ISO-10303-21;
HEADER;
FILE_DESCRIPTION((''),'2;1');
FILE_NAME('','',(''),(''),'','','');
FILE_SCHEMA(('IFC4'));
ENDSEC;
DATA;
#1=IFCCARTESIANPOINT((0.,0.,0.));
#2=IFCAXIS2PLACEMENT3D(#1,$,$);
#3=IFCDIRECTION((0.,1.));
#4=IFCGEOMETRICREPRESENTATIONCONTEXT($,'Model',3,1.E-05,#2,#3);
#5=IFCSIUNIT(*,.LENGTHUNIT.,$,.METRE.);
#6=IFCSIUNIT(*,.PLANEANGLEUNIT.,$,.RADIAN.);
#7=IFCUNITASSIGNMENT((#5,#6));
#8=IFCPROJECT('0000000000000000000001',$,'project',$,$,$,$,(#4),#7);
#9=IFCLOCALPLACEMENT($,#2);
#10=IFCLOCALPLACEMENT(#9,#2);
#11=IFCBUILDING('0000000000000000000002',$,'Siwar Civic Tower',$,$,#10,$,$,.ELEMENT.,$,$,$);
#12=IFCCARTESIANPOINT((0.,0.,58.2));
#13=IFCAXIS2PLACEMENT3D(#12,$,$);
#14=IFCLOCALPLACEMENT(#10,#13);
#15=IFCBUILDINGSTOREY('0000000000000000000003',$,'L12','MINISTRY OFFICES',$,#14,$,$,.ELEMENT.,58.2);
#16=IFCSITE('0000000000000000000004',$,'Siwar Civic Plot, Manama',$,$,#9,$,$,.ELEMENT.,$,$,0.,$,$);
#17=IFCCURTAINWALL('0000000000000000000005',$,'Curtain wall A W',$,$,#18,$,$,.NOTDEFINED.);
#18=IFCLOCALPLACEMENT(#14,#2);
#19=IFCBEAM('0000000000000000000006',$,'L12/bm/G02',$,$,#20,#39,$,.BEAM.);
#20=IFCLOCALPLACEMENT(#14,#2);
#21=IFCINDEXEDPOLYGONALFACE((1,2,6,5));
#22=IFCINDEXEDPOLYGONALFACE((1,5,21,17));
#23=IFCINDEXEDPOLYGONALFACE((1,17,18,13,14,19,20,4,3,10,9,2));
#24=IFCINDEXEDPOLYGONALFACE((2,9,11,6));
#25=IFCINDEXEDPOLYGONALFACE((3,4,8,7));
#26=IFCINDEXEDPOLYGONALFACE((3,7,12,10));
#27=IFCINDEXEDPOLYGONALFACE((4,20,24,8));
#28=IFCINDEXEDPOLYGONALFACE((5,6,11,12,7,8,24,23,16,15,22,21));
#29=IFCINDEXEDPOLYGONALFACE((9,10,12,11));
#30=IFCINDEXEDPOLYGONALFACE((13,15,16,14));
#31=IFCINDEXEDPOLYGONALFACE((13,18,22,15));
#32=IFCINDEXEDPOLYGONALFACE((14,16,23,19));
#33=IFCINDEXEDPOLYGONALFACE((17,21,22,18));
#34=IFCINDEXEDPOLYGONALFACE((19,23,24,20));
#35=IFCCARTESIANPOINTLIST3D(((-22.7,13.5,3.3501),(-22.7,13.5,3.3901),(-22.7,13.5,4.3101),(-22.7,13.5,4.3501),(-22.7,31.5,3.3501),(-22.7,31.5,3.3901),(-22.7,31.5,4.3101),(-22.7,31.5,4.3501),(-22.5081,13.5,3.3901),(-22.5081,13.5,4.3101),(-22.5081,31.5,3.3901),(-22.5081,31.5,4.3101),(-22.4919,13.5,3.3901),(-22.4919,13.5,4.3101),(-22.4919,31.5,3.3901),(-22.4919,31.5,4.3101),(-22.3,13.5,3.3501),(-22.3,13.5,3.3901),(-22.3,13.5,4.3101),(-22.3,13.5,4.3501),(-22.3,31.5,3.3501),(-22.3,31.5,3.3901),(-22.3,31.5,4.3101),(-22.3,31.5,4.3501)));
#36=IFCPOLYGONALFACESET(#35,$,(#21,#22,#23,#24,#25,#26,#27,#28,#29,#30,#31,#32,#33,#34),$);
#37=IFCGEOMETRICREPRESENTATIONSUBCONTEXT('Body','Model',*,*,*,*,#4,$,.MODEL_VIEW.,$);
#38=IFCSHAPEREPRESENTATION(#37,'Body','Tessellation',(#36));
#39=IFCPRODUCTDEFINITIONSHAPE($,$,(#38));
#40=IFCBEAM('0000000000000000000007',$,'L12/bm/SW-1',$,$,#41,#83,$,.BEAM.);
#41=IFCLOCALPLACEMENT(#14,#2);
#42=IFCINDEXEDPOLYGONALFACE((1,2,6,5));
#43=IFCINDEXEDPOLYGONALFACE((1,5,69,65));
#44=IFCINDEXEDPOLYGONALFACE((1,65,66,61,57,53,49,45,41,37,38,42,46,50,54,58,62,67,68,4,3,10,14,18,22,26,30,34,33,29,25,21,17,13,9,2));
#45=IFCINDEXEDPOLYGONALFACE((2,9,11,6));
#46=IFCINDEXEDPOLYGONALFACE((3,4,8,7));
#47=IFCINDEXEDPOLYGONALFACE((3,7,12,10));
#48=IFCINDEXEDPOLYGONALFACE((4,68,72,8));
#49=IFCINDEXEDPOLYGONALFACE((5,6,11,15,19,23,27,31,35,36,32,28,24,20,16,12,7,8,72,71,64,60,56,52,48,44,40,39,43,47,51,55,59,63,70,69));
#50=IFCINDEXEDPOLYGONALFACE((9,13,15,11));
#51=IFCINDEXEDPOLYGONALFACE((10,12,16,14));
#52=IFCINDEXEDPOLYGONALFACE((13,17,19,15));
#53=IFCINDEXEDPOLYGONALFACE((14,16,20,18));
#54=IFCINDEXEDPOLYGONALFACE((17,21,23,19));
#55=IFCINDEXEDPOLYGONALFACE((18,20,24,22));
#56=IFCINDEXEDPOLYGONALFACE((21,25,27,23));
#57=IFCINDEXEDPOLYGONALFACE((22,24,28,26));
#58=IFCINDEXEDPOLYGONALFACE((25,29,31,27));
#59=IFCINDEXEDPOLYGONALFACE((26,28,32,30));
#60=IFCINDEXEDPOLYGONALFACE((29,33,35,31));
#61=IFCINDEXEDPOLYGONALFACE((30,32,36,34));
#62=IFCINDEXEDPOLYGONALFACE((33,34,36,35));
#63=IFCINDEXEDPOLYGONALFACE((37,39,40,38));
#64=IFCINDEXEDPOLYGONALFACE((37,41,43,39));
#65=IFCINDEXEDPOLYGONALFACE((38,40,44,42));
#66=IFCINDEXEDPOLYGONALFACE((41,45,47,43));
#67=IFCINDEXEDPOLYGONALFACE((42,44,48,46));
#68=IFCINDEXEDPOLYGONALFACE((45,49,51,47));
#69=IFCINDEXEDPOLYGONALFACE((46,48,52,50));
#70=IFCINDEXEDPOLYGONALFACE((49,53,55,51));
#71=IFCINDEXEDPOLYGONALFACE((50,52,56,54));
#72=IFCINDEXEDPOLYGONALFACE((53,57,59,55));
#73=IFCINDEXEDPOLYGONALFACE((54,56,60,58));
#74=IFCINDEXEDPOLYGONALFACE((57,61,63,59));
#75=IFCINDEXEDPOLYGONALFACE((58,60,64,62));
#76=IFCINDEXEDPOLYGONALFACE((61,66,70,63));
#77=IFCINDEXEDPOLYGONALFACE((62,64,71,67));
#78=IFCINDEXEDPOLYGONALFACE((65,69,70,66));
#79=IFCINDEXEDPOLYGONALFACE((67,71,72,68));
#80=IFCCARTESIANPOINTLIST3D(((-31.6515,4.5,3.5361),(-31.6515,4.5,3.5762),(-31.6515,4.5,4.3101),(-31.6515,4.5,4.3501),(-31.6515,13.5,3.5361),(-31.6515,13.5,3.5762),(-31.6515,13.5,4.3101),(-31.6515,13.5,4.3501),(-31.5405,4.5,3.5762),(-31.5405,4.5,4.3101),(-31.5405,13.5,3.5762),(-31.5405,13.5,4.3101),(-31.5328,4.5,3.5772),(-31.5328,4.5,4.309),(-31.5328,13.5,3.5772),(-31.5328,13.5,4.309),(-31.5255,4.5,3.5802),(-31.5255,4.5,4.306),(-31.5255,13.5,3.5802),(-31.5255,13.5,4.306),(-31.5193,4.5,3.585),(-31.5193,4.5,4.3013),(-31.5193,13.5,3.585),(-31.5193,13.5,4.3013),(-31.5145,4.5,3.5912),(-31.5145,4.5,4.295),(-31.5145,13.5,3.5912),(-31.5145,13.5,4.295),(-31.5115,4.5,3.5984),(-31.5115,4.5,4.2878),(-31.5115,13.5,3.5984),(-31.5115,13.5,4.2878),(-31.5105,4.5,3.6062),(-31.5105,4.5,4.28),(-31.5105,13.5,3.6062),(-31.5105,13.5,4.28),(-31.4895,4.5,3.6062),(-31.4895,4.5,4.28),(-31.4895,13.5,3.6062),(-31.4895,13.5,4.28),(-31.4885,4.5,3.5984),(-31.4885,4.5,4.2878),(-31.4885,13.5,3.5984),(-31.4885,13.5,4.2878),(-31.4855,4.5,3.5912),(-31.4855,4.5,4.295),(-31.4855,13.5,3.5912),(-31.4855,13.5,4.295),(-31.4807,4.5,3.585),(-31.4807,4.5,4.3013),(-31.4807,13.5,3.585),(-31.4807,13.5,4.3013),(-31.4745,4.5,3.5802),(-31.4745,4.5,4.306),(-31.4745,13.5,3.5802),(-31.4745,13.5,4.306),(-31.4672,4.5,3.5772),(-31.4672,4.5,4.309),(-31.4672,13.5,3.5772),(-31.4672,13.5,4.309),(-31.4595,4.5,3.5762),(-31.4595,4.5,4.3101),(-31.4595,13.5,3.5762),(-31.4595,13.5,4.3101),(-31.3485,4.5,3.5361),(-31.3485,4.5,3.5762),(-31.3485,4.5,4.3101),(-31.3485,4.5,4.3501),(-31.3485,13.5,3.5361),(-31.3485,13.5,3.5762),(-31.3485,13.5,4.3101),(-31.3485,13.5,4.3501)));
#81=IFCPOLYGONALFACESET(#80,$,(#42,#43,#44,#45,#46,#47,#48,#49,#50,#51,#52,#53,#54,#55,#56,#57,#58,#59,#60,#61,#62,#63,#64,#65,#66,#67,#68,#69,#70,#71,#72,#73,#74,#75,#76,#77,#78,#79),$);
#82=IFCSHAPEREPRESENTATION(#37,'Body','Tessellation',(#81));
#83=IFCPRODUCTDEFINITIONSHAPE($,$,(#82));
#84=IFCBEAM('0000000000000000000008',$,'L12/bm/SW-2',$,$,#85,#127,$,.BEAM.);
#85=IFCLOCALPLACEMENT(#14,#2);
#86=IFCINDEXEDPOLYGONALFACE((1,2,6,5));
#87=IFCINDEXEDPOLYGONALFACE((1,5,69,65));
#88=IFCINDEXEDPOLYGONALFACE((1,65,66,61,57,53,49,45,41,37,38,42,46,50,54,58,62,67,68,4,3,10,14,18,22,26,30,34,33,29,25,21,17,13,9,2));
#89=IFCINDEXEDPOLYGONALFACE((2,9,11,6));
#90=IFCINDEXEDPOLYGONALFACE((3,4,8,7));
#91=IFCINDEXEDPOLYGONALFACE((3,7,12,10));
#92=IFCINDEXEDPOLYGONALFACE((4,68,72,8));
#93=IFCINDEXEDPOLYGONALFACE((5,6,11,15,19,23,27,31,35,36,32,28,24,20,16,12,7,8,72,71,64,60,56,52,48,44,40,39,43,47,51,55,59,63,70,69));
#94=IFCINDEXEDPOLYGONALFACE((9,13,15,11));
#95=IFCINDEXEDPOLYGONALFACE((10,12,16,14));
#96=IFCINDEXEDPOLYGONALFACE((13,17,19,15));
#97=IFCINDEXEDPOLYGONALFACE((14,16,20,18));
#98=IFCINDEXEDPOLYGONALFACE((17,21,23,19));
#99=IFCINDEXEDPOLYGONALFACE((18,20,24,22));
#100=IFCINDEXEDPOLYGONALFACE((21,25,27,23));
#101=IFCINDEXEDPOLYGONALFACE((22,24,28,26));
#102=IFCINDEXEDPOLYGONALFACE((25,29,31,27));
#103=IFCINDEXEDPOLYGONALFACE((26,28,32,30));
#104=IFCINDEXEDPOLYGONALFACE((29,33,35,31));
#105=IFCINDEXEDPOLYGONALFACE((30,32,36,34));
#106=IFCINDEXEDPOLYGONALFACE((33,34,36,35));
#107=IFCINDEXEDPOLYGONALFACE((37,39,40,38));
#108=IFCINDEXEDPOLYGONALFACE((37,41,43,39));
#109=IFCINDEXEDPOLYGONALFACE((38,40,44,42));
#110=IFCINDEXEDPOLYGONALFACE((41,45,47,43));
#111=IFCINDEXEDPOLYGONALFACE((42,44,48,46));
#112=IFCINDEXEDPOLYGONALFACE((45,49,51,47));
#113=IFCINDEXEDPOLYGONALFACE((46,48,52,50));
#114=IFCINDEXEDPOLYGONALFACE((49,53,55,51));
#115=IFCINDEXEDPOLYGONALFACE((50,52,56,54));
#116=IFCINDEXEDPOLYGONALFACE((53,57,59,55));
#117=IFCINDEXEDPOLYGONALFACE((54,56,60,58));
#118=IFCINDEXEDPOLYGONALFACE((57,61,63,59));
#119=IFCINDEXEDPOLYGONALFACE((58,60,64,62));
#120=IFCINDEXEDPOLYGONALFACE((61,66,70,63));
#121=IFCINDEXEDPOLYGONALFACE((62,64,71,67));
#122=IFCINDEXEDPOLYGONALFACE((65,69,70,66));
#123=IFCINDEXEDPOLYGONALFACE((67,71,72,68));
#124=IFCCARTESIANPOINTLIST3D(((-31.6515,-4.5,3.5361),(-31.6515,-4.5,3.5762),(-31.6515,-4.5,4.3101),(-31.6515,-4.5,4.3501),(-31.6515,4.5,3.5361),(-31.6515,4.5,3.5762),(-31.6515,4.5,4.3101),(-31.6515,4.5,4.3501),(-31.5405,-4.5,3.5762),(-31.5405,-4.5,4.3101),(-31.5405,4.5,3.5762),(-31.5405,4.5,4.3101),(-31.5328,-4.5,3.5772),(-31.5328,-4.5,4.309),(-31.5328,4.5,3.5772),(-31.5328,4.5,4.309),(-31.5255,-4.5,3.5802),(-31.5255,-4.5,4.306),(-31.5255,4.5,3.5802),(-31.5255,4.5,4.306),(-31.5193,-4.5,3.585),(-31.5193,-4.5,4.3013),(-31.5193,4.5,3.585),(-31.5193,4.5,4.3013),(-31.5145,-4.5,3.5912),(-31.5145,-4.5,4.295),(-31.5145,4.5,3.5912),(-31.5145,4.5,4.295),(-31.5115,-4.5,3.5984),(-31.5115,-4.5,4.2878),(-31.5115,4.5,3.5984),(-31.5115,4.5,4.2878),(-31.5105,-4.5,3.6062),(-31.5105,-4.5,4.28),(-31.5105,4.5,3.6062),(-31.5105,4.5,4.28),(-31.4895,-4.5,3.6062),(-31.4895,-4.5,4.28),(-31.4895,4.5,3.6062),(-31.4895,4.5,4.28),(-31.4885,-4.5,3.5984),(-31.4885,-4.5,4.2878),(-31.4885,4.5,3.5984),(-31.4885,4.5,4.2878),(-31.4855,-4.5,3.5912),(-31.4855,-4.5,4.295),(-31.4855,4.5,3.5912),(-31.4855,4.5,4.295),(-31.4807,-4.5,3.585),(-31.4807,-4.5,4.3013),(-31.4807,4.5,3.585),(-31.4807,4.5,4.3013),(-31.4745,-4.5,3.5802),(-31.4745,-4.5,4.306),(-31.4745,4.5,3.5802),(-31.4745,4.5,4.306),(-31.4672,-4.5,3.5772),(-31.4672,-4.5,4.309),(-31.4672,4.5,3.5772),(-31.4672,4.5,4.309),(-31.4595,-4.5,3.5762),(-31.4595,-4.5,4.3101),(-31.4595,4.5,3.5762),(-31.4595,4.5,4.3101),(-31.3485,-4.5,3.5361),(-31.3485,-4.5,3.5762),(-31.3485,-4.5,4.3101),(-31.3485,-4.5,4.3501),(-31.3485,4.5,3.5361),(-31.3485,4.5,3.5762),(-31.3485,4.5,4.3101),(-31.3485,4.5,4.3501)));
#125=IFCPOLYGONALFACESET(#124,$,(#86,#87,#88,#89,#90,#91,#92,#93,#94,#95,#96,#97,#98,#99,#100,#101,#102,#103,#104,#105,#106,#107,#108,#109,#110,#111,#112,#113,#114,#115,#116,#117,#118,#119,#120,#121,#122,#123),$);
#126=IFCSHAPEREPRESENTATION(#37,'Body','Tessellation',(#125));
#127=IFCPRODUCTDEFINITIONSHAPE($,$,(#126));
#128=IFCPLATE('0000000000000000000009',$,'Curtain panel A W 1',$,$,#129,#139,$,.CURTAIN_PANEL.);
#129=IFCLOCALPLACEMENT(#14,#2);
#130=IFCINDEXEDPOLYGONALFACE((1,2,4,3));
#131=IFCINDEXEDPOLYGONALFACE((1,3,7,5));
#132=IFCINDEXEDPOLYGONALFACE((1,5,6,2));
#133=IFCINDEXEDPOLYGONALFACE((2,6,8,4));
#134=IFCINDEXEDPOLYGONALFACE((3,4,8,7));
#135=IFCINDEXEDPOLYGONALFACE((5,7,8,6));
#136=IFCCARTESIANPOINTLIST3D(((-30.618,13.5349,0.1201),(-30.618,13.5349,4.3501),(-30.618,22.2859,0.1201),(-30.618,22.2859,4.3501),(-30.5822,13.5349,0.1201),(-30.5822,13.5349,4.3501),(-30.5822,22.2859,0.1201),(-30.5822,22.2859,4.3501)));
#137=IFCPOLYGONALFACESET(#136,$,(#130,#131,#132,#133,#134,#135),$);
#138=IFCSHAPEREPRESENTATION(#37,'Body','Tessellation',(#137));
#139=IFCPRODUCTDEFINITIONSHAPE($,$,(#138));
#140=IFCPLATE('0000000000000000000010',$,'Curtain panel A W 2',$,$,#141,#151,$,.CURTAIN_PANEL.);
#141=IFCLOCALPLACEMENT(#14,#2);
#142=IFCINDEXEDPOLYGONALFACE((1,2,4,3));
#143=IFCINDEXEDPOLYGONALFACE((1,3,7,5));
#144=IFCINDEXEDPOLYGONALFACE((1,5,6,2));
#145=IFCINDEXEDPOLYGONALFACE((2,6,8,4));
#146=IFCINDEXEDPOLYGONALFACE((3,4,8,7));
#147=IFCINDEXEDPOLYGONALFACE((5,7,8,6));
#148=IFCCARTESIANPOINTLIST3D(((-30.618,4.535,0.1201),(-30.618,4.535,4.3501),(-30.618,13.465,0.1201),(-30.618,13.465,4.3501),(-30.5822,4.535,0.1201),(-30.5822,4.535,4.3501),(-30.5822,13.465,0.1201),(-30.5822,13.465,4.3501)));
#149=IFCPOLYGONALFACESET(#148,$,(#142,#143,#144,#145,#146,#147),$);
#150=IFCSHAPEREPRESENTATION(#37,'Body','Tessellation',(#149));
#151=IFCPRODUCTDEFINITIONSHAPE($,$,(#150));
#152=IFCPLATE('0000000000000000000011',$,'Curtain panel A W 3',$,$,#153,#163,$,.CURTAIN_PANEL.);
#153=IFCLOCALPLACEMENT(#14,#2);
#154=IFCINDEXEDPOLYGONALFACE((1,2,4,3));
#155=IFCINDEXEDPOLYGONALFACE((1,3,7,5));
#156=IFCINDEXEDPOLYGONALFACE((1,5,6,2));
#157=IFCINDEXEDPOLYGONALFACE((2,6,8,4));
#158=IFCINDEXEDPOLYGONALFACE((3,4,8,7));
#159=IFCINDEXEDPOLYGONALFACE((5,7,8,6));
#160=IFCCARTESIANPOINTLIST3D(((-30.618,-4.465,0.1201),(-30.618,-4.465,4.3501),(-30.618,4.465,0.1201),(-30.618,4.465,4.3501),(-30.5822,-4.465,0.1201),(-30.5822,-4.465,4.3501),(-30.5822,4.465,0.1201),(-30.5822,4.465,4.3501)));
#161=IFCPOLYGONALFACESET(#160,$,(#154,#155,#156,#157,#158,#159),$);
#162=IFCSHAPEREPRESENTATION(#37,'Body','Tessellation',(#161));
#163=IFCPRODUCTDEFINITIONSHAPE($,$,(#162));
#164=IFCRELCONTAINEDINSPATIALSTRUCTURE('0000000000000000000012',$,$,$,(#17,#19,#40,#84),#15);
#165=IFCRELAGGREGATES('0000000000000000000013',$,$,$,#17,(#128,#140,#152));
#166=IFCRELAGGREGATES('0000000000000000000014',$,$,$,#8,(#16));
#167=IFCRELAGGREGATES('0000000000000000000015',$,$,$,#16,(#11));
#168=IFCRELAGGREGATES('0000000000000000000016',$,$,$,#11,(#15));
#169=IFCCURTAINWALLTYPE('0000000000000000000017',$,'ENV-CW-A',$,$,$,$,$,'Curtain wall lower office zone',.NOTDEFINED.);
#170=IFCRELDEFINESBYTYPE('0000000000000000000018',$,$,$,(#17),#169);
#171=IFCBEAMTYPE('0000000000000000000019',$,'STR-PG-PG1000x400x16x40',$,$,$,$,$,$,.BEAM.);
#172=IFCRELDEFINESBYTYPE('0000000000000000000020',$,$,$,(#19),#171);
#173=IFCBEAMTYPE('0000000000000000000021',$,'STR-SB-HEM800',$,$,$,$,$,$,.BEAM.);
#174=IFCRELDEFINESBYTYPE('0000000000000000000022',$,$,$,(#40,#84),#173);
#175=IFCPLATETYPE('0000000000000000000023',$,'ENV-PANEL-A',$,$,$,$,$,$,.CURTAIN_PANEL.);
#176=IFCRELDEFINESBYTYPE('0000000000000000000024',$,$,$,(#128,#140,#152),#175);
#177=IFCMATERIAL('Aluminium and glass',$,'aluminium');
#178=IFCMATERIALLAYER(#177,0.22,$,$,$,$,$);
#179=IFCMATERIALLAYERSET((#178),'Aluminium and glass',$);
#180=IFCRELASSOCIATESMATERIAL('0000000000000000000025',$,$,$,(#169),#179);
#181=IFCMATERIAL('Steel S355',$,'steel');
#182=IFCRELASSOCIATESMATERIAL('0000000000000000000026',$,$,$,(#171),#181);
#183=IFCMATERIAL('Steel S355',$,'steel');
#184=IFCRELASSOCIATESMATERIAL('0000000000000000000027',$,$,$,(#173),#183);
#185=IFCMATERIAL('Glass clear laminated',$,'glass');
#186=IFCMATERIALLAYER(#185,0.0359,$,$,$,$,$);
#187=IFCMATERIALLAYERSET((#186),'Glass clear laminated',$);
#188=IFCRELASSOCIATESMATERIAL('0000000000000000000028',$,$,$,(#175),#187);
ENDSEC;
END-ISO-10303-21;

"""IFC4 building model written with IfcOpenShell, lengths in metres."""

from ifc_helpers import new_model, si_unit, direction, frame, origin, origin_2d, place, context, subcontext, project, spatial, rectangle, i_section, extrude, material, layer, layer_set, material_profile, profile_set, type_object, element, aggregate, save


model = new_model("IFC4")

# Units and contexts
model_context = context("Model", 3, precision=1e-05, world=origin(), true_north=direction((0.0, 1.0)))
body_context = subcontext(model_context, "Body", "Model", "MODEL_VIEW")
ifc_project = project(units=[si_unit("LENGTHUNIT", "METRE"), si_unit("PLANEANGLEUNIT", "RADIAN")], contexts=[model_context])

# Site, building, storey
site_placement = place(None, origin())
site = spatial("IfcSite", under=ifc_project, at=site_placement, Name="Siwar Civic Plot, Manama", CompositionType="ELEMENT", RefElevation=0.0)
building_placement = place(site_placement, origin())
building = spatial("IfcBuilding", under=site, at=building_placement, Name="Siwar Civic Tower", CompositionType="ELEMENT")
storey_placement = place(building_placement, frame((0.0, 0.0, 58.2)))
storey = spatial("IfcBuildingStorey", under=building, at=storey_placement, Name="L12", Description="MINISTRY OFFICES", CompositionType="ELEMENT", Elevation=58.2)

# Curtain wall
ifc_material_1 = material(Name="Aluminium and glass", Category="aluminium")
ifc_layer_1 = layer(ifc_material_1, 0.22)
ifc_layer_set_1 = layer_set([ifc_layer_1], Name="Aluminium and glass")
curtain_wall_type = type_object("IfcCurtainWallType", Name="ENV-CW-A", ElementType="Curtain wall lower office zone", PredefinedType="NOTDEFINED", material=ifc_layer_set_1)
curtain_wall_placement = place(storey_placement, origin())
curtain_wall = element("IfcCurtainWall", 1, at=curtain_wall_placement, inside=storey, type_object=curtain_wall_type, Name="Curtain wall A W", PredefinedType="NOTDEFINED")

# Beams
ifc_material_2 = material(Name="Steel S355", Category="steel")
ifc_material_profile_1 = material_profile(ifc_material_2, i_section(OverallWidth=0.3999, OverallDepth=1.0, WebThickness=0.0161, FlangeThickness=0.04, at=origin_2d()), Name="PG1000x400x16x40")
ifc_profile_set_1 = profile_set([ifc_material_profile_1], Name="Steel S355")
beam_type_1 = type_object("IfcBeamType", Name="STR-PG-PG1000x400x16x40", PredefinedType="BEAM", material=ifc_profile_set_1)
beam_1_placement = place(storey_placement, frame((-22.5, 13.5, 3.8501), z_axis=(0.0, 1.0, 0.0), x_axis=(-1.0, 0.0, 0.0)))
element("IfcBeam", 2, at=beam_1_placement, inside=storey, type_object=beam_type_1, Name="L12/bm/G02", PredefinedType="BEAM", context=body_context, shape_type="SweptSolid", body=[
    extrude(i_section(OverallWidth=0.3999, OverallDepth=1.0, WebThickness=0.0161, FlangeThickness=0.04, at=origin_2d()), origin(), (0.0, 0.0, 1.0), 18.0),
])
ifc_material_3 = material(Name="Steel S355", Category="steel")
ifc_material_profile_2 = material_profile(ifc_material_3, i_section(OverallWidth=0.303, OverallDepth=0.814, WebThickness=0.021, FlangeThickness=0.04, FilletRadius=0.03, at=origin_2d()), Name="HEM800")
ifc_profile_set_2 = profile_set([ifc_material_profile_2], Name="Steel S355")
beam_type_2 = type_object("IfcBeamType", Name="STR-SB-HEM800", PredefinedType="BEAM", material=ifc_profile_set_2)
for number, where, z_axis, x_axis, name in (
    (3, (-31.5, 13.5, 3.9431), (0.0, -1.0, 0.0), (1.0, 0.0, 0.0), "L12/bm/SW-1"),
    (4, (-31.5, 4.5, 3.9431), (0.0, -1.0, 0.0), (1.0, 0.0, 0.0), "L12/bm/SW-2"),
):
    element("IfcBeam", number, at=place(storey_placement, frame(where, z_axis=z_axis, x_axis=x_axis)), inside=storey, type_object=beam_type_2, Name=name, PredefinedType="BEAM", context=body_context, shape_type="SweptSolid", body=[
        extrude(i_section(OverallWidth=0.303, OverallDepth=0.814, WebThickness=0.021, FlangeThickness=0.04, FilletRadius=0.03, at=origin_2d()), origin(), (0.0, 0.0, 1.0), 9.0),
    ])

# Plates
ifc_material_4 = material(Name="Glass clear laminated", Category="glass")
ifc_layer_2 = layer(ifc_material_4, 0.0359)
ifc_layer_set_2 = layer_set([ifc_layer_2], Name="Glass clear laminated")
plate_type = type_object("IfcPlateType", Name="ENV-PANEL-A", PredefinedType="CURTAIN_PANEL", material=ifc_layer_set_2)
plate_1_placement = place(storey_placement, frame((-30.6001, 17.9104, 0.1201), z_axis=(0.0, 0.0, 1.0), x_axis=(0.0, -1.0, 0.0)))
plate_1 = element("IfcPlate", 5, at=plate_1_placement, type_object=plate_type, Name="Curtain panel A W 1", PredefinedType="CURTAIN_PANEL", context=body_context, shape_type="SweptSolid", body=[
    extrude(rectangle(XDim=8.751, YDim=0.0359, at=origin_2d()), origin(), (0.0, 0.0, 1.0), 4.23),
])
plate_2_placement = place(storey_placement, frame((-30.6001, 9.0, 0.1201), z_axis=(0.0, 0.0, 1.0), x_axis=(0.0, -1.0, 0.0)))
plate_2 = element("IfcPlate", 6, at=plate_2_placement, type_object=plate_type, Name="Curtain panel A W 2", PredefinedType="CURTAIN_PANEL", context=body_context, shape_type="SweptSolid", body=[
    extrude(rectangle(XDim=8.9299, YDim=0.0359, at=origin_2d()), origin(), (0.0, 0.0, 1.0), 4.23),
])
plate_3_placement = place(storey_placement, frame((-30.6001, 0.0, 0.1201), z_axis=(0.0, 0.0, 1.0), x_axis=(0.0, -1.0, 0.0)))
plate_3 = element("IfcPlate", 7, at=plate_3_placement, type_object=plate_type, Name="Curtain panel A W 3", PredefinedType="CURTAIN_PANEL", context=body_context, shape_type="SweptSolid", body=[
    extrude(rectangle(XDim=8.9299, YDim=0.0359, at=origin_2d()), origin(), (0.0, 0.0, 1.0), 4.23),
])
aggregate(curtain_wall, [plate_1, plate_2, plate_3])

save(model, "model.ifc")
